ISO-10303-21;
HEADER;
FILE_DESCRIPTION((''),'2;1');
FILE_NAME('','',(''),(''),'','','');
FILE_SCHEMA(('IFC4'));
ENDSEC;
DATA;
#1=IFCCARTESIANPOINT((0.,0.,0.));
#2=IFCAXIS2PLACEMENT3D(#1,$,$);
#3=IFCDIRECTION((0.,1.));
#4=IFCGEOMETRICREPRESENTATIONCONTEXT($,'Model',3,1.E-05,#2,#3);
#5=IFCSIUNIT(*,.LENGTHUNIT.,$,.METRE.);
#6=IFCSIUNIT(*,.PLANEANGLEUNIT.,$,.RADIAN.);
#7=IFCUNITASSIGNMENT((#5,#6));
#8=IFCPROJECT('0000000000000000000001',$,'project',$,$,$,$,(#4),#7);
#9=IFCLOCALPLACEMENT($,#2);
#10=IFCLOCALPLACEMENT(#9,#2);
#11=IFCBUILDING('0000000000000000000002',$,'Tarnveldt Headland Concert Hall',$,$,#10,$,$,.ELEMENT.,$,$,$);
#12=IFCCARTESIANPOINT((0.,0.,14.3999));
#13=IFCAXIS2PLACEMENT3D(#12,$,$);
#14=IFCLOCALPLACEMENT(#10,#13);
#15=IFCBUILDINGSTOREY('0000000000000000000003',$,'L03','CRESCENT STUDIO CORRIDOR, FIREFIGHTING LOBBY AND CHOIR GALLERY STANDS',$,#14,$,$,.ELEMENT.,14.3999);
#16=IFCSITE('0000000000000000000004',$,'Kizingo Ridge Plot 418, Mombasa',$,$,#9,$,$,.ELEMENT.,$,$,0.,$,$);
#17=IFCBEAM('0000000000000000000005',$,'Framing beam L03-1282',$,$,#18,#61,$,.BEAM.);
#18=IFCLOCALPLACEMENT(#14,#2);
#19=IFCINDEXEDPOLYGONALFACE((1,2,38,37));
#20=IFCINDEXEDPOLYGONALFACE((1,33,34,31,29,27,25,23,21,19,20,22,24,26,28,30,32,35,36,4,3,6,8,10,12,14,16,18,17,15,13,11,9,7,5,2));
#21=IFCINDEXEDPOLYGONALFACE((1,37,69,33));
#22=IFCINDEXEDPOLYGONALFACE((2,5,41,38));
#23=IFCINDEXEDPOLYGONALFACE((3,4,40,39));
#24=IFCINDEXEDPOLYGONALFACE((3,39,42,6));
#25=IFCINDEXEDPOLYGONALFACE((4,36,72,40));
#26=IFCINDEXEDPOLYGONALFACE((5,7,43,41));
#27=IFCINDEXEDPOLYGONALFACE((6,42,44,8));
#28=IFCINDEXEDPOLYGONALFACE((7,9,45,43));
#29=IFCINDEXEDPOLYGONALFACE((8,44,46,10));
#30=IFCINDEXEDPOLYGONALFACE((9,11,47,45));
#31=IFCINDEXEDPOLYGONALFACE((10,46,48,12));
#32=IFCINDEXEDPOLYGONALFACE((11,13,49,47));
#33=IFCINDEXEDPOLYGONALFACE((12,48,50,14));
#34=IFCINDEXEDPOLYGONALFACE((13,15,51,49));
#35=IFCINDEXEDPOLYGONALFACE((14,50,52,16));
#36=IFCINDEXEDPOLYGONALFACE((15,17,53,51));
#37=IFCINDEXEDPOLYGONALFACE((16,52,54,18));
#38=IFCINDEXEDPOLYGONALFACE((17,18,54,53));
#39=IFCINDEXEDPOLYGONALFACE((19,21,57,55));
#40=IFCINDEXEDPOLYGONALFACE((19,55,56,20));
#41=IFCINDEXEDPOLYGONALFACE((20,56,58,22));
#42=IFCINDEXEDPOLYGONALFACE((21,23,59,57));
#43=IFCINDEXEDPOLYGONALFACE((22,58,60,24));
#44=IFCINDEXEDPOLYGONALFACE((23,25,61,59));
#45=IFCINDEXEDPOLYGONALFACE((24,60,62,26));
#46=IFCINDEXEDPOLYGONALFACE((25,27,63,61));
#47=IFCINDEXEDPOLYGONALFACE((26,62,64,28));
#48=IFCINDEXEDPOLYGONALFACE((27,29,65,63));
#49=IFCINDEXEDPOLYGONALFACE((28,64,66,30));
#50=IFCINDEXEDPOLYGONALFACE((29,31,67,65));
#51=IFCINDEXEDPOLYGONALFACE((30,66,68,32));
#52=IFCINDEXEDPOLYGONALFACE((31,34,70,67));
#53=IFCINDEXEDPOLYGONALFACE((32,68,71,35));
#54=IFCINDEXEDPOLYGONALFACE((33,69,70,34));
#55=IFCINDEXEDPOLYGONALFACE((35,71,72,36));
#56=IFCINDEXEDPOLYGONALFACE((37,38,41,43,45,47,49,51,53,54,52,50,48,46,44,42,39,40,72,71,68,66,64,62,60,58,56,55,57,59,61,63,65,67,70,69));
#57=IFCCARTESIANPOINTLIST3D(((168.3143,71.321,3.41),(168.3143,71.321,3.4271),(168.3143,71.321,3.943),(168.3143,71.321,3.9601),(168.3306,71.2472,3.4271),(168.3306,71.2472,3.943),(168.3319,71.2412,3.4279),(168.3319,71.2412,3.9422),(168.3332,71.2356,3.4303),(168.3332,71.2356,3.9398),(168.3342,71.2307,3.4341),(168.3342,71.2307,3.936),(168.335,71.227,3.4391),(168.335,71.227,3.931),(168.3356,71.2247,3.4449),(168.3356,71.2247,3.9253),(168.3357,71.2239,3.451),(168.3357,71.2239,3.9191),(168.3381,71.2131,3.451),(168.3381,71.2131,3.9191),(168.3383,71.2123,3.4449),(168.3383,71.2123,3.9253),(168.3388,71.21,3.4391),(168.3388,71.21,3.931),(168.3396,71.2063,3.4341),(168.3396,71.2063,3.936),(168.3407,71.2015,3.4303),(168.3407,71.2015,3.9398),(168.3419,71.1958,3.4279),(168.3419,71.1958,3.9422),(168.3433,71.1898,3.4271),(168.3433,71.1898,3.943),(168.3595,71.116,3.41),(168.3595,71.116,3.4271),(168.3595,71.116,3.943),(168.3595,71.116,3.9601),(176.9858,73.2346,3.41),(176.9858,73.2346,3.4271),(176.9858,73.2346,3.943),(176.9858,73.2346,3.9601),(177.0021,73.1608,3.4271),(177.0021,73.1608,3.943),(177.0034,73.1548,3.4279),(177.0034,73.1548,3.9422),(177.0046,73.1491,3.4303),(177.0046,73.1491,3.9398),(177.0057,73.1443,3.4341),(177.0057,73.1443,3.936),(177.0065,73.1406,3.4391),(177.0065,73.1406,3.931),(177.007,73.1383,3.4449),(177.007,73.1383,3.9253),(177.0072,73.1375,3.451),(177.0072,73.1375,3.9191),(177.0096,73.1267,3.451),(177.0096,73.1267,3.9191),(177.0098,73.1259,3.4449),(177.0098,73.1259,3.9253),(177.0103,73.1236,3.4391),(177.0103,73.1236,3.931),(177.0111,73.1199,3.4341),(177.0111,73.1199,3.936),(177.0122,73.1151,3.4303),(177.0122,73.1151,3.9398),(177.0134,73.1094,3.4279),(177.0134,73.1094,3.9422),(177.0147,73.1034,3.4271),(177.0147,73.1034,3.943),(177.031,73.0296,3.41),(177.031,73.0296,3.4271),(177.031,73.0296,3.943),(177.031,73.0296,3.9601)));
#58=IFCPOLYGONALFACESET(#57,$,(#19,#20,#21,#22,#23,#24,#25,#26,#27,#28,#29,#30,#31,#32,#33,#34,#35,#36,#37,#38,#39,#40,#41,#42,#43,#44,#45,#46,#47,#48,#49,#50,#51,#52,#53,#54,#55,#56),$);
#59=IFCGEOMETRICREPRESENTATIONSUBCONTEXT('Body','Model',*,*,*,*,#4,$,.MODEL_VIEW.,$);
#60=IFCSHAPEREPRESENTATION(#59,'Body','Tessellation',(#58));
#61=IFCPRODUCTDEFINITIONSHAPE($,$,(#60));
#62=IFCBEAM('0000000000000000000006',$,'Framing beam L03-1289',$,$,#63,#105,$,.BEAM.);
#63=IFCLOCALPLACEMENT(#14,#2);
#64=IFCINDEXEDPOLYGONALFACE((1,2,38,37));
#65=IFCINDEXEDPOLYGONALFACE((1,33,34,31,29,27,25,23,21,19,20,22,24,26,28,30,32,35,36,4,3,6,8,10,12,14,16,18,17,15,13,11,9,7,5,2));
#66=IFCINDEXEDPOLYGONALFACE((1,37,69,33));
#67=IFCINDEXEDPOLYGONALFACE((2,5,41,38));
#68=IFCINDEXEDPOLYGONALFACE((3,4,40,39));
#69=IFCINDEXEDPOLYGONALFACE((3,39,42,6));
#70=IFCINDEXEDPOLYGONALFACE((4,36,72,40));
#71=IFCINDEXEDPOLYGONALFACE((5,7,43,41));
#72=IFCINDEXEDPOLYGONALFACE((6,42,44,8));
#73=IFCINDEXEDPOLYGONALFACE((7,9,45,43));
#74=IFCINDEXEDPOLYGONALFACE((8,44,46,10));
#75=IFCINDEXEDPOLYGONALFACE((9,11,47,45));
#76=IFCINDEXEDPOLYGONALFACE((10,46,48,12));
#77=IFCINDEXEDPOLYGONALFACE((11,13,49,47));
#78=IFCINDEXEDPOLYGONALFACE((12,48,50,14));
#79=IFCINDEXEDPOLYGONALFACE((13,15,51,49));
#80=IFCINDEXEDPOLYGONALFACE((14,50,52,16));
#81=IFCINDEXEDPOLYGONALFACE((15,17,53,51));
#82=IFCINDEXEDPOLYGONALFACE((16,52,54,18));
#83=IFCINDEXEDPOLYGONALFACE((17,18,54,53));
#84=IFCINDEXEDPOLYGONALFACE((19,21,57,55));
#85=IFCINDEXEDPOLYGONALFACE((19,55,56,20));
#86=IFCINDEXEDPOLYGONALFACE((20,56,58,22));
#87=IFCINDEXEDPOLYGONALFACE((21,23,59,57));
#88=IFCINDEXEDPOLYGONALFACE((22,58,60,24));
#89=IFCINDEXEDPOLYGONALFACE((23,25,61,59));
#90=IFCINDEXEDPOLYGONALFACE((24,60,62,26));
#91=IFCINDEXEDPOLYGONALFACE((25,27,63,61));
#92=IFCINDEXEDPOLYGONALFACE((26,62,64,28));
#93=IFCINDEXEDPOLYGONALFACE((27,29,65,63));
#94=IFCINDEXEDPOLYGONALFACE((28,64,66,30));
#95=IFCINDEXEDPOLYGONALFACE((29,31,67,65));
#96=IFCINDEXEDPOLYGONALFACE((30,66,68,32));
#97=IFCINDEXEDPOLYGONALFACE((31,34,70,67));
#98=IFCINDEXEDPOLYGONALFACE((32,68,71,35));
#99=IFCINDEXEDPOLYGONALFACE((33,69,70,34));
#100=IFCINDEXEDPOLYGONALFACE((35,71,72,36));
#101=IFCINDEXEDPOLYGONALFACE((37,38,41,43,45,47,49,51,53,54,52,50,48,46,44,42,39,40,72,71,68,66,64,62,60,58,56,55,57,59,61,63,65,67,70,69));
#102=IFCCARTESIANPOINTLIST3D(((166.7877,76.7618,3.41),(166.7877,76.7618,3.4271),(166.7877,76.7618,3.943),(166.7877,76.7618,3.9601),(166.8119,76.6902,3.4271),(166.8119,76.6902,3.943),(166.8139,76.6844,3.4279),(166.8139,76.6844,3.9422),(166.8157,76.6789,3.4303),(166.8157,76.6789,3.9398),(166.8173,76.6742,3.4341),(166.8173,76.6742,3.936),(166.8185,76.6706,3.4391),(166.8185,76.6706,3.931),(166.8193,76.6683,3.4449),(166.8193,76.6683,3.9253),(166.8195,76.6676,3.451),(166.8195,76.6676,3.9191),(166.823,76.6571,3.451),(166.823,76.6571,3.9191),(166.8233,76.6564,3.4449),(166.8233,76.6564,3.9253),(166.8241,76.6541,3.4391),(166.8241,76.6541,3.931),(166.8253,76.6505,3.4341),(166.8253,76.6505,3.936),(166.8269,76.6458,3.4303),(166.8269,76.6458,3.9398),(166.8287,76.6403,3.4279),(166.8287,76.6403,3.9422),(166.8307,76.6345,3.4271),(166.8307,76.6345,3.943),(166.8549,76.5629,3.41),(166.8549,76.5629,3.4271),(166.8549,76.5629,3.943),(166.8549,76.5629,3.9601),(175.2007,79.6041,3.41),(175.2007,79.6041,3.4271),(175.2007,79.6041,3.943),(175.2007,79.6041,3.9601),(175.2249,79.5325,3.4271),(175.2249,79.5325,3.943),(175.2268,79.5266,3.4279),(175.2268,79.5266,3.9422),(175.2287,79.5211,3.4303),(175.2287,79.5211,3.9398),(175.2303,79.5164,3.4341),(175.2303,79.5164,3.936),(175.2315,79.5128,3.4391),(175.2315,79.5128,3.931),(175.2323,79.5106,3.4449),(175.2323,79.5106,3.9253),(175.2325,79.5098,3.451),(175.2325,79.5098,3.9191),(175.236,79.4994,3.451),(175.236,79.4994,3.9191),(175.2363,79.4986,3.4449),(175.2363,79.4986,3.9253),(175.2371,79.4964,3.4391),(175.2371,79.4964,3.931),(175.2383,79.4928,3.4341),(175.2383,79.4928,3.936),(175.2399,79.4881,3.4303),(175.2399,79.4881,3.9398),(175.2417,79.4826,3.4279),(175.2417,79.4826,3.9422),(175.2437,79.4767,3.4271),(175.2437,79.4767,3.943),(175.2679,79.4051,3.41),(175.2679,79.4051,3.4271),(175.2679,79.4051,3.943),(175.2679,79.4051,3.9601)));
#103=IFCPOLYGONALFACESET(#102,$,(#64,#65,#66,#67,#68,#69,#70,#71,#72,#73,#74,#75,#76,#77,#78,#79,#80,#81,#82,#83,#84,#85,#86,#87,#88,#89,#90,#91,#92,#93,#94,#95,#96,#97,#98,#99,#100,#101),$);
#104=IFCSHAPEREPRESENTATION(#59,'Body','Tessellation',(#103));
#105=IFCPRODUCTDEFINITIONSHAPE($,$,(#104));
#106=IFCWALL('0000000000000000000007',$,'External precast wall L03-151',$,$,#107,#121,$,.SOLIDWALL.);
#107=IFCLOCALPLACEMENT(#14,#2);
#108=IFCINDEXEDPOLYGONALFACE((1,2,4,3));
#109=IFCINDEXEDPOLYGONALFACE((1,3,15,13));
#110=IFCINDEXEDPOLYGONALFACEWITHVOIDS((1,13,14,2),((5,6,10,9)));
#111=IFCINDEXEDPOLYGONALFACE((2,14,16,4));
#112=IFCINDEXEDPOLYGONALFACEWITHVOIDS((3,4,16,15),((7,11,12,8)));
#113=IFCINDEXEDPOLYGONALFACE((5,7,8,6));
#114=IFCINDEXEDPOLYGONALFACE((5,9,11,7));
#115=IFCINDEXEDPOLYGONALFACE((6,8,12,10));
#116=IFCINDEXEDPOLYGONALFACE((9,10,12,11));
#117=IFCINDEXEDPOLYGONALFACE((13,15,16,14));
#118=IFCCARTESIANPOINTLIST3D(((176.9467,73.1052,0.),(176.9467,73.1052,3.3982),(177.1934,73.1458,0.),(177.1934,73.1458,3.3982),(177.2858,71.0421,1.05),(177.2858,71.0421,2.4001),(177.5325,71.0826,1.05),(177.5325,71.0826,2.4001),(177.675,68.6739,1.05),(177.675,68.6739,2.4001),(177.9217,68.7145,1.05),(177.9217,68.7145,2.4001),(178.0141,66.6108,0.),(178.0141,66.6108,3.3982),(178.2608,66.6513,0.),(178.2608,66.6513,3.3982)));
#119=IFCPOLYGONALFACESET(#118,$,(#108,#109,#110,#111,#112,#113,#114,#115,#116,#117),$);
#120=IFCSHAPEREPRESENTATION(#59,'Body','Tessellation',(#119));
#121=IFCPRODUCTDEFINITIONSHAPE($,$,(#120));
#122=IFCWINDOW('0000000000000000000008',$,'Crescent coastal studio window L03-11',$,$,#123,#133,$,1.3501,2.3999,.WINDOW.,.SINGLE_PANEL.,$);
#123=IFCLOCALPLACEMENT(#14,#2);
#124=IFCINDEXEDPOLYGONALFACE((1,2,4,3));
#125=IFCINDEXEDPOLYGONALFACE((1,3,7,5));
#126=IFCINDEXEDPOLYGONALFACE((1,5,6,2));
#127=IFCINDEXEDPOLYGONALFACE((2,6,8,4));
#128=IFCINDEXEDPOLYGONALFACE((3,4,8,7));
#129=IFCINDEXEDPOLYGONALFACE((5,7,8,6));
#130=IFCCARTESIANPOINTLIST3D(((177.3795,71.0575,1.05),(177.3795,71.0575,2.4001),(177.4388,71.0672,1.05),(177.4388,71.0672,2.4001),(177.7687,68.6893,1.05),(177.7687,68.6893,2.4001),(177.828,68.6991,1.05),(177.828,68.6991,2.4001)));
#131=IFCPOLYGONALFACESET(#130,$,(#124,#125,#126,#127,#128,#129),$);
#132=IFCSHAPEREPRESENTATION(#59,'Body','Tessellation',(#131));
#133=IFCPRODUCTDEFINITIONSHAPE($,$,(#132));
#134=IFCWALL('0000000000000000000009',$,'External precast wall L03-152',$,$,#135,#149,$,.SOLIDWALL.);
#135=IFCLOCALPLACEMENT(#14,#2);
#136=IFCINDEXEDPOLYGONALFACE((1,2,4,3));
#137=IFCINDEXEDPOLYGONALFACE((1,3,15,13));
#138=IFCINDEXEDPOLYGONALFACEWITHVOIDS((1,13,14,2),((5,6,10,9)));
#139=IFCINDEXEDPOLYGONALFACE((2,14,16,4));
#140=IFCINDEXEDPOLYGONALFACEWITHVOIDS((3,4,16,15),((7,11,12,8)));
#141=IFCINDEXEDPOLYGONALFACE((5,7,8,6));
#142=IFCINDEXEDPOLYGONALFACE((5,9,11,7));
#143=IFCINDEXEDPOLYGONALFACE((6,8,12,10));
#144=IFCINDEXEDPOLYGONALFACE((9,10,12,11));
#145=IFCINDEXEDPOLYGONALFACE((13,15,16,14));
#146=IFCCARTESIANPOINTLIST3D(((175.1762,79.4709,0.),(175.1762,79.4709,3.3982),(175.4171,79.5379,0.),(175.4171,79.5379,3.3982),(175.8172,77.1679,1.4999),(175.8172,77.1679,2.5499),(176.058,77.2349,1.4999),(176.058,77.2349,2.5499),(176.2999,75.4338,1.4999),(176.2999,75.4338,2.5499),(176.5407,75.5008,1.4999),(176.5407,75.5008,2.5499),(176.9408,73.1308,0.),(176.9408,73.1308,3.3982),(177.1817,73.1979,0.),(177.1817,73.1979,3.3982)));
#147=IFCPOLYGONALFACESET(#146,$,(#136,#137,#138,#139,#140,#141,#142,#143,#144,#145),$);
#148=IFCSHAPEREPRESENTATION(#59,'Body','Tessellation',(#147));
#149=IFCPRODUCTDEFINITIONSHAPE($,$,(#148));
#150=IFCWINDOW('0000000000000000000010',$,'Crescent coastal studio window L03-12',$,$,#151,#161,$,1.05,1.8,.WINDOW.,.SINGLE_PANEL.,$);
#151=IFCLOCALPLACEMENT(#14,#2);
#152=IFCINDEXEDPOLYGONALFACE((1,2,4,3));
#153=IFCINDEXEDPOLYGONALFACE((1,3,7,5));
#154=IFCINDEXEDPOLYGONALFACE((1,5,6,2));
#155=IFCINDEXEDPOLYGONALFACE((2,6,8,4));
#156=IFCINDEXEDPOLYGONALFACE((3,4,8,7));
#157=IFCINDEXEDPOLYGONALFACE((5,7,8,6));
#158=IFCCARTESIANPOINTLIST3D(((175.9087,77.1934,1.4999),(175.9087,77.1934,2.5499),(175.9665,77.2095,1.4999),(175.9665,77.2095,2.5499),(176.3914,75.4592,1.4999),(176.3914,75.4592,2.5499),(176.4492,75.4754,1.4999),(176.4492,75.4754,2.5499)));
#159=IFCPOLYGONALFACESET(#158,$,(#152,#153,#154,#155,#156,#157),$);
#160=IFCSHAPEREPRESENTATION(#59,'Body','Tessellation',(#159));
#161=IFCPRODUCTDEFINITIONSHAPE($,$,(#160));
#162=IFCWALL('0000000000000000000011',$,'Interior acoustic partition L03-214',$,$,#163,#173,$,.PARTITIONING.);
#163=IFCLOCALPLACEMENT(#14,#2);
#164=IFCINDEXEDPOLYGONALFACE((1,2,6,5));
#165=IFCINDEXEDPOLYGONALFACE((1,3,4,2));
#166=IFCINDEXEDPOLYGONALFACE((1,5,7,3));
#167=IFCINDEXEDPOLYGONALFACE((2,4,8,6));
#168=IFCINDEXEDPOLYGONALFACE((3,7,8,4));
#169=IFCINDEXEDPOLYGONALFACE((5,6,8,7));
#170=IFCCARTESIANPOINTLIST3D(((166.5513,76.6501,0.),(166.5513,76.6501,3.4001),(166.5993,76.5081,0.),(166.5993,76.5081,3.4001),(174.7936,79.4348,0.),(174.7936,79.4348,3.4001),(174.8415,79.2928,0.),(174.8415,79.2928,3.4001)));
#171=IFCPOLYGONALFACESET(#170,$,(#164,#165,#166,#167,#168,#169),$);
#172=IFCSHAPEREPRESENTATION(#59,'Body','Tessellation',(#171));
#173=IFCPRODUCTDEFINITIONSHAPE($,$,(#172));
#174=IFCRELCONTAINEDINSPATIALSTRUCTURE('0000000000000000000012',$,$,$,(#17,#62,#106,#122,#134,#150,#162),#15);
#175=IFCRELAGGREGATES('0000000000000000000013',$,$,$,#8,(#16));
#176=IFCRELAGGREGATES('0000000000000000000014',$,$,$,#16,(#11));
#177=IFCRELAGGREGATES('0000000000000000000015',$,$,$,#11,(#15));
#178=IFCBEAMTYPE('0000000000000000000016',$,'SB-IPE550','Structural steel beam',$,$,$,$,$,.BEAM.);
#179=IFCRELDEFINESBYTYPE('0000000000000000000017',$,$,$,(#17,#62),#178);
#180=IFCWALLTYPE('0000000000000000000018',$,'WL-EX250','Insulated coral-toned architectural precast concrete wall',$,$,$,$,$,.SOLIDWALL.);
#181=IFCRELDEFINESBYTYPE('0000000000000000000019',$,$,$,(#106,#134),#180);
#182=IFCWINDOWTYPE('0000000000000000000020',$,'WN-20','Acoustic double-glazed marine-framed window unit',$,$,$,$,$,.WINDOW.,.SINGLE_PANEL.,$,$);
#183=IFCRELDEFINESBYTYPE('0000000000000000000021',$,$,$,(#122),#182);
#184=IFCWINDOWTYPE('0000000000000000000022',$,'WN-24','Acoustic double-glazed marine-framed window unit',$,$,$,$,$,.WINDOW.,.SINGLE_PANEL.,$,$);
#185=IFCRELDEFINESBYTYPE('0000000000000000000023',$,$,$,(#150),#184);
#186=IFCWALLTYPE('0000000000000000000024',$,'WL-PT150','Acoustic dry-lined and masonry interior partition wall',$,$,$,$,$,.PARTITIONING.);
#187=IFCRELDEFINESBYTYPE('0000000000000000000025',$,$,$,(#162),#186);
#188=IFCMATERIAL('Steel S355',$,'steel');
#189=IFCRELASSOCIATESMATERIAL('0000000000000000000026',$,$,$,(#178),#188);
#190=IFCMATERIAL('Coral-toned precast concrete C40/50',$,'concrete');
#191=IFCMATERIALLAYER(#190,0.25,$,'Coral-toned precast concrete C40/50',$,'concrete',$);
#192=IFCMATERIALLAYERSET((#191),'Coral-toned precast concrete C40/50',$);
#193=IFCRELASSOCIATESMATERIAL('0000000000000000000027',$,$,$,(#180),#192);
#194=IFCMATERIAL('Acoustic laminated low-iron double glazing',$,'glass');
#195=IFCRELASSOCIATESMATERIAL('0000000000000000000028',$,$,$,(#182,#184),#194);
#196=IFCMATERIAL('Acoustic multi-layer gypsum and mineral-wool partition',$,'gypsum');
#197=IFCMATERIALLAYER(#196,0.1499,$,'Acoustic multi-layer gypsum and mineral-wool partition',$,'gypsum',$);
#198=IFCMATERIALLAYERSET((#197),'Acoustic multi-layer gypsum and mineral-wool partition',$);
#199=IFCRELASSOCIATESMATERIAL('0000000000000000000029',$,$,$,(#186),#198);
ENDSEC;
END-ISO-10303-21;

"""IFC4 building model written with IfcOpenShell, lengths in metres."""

from ifc_helpers import new_model, si_unit, direction, frame, frame_2d, origin, origin_2d, place, context, subcontext, project, spatial, rectangle, i_section, extrude, material, layer, layer_set, material_profile, profile_set, type_object, element, fill, save


model = new_model("IFC4")

# Units and contexts
model_context = context("Model", 3, precision=1e-05, world=origin(), true_north=direction((0.0, 1.0)))
body_context = subcontext(model_context, "Body", "Model", "MODEL_VIEW")
ifc_project = project(units=[si_unit("LENGTHUNIT", "METRE"), si_unit("PLANEANGLEUNIT", "RADIAN")], contexts=[model_context])

# Site, building, storey
site_placement = place(None, origin())
site = spatial("IfcSite", under=ifc_project, at=site_placement, Name="Kizingo Ridge Plot 418, Mombasa", CompositionType="ELEMENT", RefElevation=0.0)
building_placement = place(site_placement, origin())
building = spatial("IfcBuilding", under=site, at=building_placement, Name="Tarnveldt Headland Concert Hall", CompositionType="ELEMENT")
storey_placement = place(building_placement, frame((0.0, 0.0, 14.3999)))
storey = spatial("IfcBuildingStorey", under=building, at=storey_placement, Name="L03", Description="CRESCENT STUDIO CORRIDOR, FIREFIGHTING LOBBY AND CHOIR GALLERY STANDS", CompositionType="ELEMENT", Elevation=14.3999)

# Shared definitions
ifc_material_1 = material(Name="Steel S355", Category="steel")

# Beams
ifc_material_profile_1 = material_profile(ifc_material_1, i_section(OverallWidth=0.21, OverallDepth=0.55, WebThickness=0.011, FlangeThickness=0.0171, FilletRadius=0.0239, at=origin_2d()), Name="IPE550", Category="steel")
ifc_profile_set_1 = profile_set([ifc_material_profile_1], Name="Steel S355")
beam_type_1 = type_object("IfcBeamType", Name="SB-IPE550", Description="Structural steel beam", PredefinedType="BEAM", material=ifc_profile_set_1)
for number, where, z_axis, x_axis, name in (
    (1, (168.3369, 71.2185, 3.6851), (0.976506, 0.215492, 0.0), (-0.215492, 0.976506, 0.0), "Framing beam L03-1282"),
    (2, (166.8213, 76.6624, 3.6851), (0.947394, 0.320069, 0.0), (-0.320069, 0.947394, 0.0), "Framing beam L03-1289"),
):
    element("IfcBeam", number, at=place(storey_placement, frame(where, z_axis=z_axis, x_axis=x_axis)), inside=storey, type_object=beam_type_1, Name=name, PredefinedType="BEAM", context=body_context, shape_type="SweptSolid", body=[
        extrude(i_section(OverallWidth=0.21, OverallDepth=0.55, WebThickness=0.011, FlangeThickness=0.0171, FilletRadius=0.0239, at=origin_2d()), origin(), (0.0, 0.0, 1.0), 8.8801),
    ])

# Walls, openings, windows
ifc_material_2 = material(Name="Coral-toned precast concrete C40/50", Category="concrete")
ifc_layer_1 = layer(ifc_material_2, 0.25, Name="Coral-toned precast concrete C40/50", Category="concrete")
ifc_layer_set_1 = layer_set([ifc_layer_1], Name="Coral-toned precast concrete C40/50")
wall_type_1 = type_object("IfcWallType", Name="WL-EX250", Description="Insulated coral-toned architectural precast concrete wall", PredefinedType="SOLIDWALL", material=ifc_layer_set_1)
wall_1_placement = place(storey_placement, frame((177.0701, 73.1255, 0.0), z_axis=(0.0, 0.0, 1.0), x_axis=(0.162179, -0.986761, 0.0)))
wall_1 = element("IfcWall", 3, at=wall_1_placement, inside=storey, type_object=wall_type_1, Name="External precast wall L03-151", PredefinedType="SOLIDWALL", context=body_context, shape_type="SweptSolid", body=[
    extrude(rectangle(XDim=6.5815, YDim=0.25, at=frame_2d((3.2908, 0.0))), origin(), (0.0, 0.0, 1.0), 3.3982),
])
opening_1_placement = place(wall_1_placement, frame((2.0908, 0.0, 1.05)))
opening_1 = element("IfcOpeningElement", 4, at=opening_1_placement, cuts=wall_1, PredefinedType="OPENING", context=body_context, shape_type="SweptSolid", body=[
    extrude(rectangle(XDim=2.3999, YDim=1.3501, at=frame_2d((1.2, 0.675))), frame((0.0, 0.135, 0.0), z_axis=(0.0, -1.0, 0.0), x_axis=(1.0, 0.0, 0.0)), (0.0, 0.0, 1.0), 0.27),
])
ifc_material_3 = material(Name="Acoustic laminated low-iron double glazing", Category="glass")
window_type_1 = type_object("IfcWindowType", Name="WN-20", Description="Acoustic double-glazed marine-framed window unit", PartitioningType="SINGLE_PANEL", PredefinedType="WINDOW", material=ifc_material_3)
window_1_placement = place(opening_1_placement, origin())
window_1 = element("IfcWindow", 5, at=window_1_placement, inside=storey, type_object=window_type_1, Name="Crescent coastal studio window L03-11", OverallHeight=1.3501, OverallWidth=2.3999, PartitioningType="SINGLE_PANEL", PredefinedType="WINDOW", context=body_context, shape_type="SweptSolid", body=[
    extrude(rectangle(XDim=2.3999, YDim=1.3501, at=frame_2d((1.2, 0.675))), frame((0.0, 0.03, 0.0), z_axis=(0.0, -1.0, 0.0), x_axis=(1.0, 0.0, 0.0)), (0.0, 0.0, 1.0), 0.0601),
])
fill(opening_1, window_1)
wall_2_placement = place(storey_placement, frame((175.2966, 79.5044, 0.0), z_axis=(0.0, 0.0, 1.0), x_axis=(0.268139, -0.96338, 0.0)))
wall_2 = element("IfcWall", 6, at=wall_2_placement, inside=storey, type_object=wall_type_1, Name="External precast wall L03-152", PredefinedType="SOLIDWALL", context=body_context, shape_type="SweptSolid", body=[
    extrude(rectangle(XDim=6.5811, YDim=0.25, at=frame_2d((3.2905, 0.0))), origin(), (0.0, 0.0, 1.0), 3.3982),
])
opening_2_placement = place(wall_2_placement, frame((2.3906, 0.0, 1.5)))
opening_2 = element("IfcOpeningElement", 7, at=opening_2_placement, cuts=wall_2, PredefinedType="OPENING", context=body_context, shape_type="SweptSolid", body=[
    extrude(rectangle(XDim=1.8, YDim=1.05, at=frame_2d((0.8999, 0.5249))), frame((0.0, 0.135, 0.0), z_axis=(0.0, -1.0, 0.0), x_axis=(1.0, 0.0, 0.0)), (0.0, 0.0, 1.0), 0.27),
])
window_type_2 = type_object("IfcWindowType", Name="WN-24", Description="Acoustic double-glazed marine-framed window unit", PartitioningType="SINGLE_PANEL", PredefinedType="WINDOW", material=ifc_material_3)
window_2_placement = place(opening_2_placement, origin())
window_2 = element("IfcWindow", 8, at=window_2_placement, inside=storey, type_object=window_type_2, Name="Crescent coastal studio window L03-12", OverallHeight=1.05, OverallWidth=1.8, PartitioningType="SINGLE_PANEL", PredefinedType="WINDOW", context=body_context, shape_type="SweptSolid", body=[
    extrude(rectangle(XDim=1.8, YDim=1.05, at=frame_2d((0.8999, 0.5249))), frame((0.0, 0.03, 0.0), z_axis=(0.0, -1.0, 0.0), x_axis=(1.0, 0.0, 0.0)), (0.0, 0.0, 1.0), 0.0601),
])
fill(opening_2, window_2)

# Wall
ifc_material_4 = material(Name="Acoustic multi-layer gypsum and mineral-wool partition", Category="gypsum")
ifc_layer_2 = layer(ifc_material_4, 0.1499, Name="Acoustic multi-layer gypsum and mineral-wool partition", Category="gypsum")
ifc_layer_set_2 = layer_set([ifc_layer_2], Name="Acoustic multi-layer gypsum and mineral-wool partition")
wall_type_2 = type_object("IfcWallType", Name="WL-PT150", Description="Acoustic dry-lined and masonry interior partition wall", PredefinedType="PARTITIONING", material=ifc_layer_set_2)
wall_3_placement = place(storey_placement, frame((166.5752, 76.5791, 0.0), z_axis=(0.0, 0.0, 1.0), x_axis=(0.94739, 0.320081, 0.0)))
element("IfcWall", 9, at=wall_3_placement, inside=storey, type_object=wall_type_2, Name="Interior acoustic partition L03-214", PredefinedType="PARTITIONING", context=body_context, shape_type="SweptSolid", body=[
    extrude(rectangle(XDim=8.7, YDim=0.1499, at=frame_2d((4.3501, 0.0))), origin(), (0.0, 0.0, 1.0), 3.4001),
])

save(model, "model.ifc")
